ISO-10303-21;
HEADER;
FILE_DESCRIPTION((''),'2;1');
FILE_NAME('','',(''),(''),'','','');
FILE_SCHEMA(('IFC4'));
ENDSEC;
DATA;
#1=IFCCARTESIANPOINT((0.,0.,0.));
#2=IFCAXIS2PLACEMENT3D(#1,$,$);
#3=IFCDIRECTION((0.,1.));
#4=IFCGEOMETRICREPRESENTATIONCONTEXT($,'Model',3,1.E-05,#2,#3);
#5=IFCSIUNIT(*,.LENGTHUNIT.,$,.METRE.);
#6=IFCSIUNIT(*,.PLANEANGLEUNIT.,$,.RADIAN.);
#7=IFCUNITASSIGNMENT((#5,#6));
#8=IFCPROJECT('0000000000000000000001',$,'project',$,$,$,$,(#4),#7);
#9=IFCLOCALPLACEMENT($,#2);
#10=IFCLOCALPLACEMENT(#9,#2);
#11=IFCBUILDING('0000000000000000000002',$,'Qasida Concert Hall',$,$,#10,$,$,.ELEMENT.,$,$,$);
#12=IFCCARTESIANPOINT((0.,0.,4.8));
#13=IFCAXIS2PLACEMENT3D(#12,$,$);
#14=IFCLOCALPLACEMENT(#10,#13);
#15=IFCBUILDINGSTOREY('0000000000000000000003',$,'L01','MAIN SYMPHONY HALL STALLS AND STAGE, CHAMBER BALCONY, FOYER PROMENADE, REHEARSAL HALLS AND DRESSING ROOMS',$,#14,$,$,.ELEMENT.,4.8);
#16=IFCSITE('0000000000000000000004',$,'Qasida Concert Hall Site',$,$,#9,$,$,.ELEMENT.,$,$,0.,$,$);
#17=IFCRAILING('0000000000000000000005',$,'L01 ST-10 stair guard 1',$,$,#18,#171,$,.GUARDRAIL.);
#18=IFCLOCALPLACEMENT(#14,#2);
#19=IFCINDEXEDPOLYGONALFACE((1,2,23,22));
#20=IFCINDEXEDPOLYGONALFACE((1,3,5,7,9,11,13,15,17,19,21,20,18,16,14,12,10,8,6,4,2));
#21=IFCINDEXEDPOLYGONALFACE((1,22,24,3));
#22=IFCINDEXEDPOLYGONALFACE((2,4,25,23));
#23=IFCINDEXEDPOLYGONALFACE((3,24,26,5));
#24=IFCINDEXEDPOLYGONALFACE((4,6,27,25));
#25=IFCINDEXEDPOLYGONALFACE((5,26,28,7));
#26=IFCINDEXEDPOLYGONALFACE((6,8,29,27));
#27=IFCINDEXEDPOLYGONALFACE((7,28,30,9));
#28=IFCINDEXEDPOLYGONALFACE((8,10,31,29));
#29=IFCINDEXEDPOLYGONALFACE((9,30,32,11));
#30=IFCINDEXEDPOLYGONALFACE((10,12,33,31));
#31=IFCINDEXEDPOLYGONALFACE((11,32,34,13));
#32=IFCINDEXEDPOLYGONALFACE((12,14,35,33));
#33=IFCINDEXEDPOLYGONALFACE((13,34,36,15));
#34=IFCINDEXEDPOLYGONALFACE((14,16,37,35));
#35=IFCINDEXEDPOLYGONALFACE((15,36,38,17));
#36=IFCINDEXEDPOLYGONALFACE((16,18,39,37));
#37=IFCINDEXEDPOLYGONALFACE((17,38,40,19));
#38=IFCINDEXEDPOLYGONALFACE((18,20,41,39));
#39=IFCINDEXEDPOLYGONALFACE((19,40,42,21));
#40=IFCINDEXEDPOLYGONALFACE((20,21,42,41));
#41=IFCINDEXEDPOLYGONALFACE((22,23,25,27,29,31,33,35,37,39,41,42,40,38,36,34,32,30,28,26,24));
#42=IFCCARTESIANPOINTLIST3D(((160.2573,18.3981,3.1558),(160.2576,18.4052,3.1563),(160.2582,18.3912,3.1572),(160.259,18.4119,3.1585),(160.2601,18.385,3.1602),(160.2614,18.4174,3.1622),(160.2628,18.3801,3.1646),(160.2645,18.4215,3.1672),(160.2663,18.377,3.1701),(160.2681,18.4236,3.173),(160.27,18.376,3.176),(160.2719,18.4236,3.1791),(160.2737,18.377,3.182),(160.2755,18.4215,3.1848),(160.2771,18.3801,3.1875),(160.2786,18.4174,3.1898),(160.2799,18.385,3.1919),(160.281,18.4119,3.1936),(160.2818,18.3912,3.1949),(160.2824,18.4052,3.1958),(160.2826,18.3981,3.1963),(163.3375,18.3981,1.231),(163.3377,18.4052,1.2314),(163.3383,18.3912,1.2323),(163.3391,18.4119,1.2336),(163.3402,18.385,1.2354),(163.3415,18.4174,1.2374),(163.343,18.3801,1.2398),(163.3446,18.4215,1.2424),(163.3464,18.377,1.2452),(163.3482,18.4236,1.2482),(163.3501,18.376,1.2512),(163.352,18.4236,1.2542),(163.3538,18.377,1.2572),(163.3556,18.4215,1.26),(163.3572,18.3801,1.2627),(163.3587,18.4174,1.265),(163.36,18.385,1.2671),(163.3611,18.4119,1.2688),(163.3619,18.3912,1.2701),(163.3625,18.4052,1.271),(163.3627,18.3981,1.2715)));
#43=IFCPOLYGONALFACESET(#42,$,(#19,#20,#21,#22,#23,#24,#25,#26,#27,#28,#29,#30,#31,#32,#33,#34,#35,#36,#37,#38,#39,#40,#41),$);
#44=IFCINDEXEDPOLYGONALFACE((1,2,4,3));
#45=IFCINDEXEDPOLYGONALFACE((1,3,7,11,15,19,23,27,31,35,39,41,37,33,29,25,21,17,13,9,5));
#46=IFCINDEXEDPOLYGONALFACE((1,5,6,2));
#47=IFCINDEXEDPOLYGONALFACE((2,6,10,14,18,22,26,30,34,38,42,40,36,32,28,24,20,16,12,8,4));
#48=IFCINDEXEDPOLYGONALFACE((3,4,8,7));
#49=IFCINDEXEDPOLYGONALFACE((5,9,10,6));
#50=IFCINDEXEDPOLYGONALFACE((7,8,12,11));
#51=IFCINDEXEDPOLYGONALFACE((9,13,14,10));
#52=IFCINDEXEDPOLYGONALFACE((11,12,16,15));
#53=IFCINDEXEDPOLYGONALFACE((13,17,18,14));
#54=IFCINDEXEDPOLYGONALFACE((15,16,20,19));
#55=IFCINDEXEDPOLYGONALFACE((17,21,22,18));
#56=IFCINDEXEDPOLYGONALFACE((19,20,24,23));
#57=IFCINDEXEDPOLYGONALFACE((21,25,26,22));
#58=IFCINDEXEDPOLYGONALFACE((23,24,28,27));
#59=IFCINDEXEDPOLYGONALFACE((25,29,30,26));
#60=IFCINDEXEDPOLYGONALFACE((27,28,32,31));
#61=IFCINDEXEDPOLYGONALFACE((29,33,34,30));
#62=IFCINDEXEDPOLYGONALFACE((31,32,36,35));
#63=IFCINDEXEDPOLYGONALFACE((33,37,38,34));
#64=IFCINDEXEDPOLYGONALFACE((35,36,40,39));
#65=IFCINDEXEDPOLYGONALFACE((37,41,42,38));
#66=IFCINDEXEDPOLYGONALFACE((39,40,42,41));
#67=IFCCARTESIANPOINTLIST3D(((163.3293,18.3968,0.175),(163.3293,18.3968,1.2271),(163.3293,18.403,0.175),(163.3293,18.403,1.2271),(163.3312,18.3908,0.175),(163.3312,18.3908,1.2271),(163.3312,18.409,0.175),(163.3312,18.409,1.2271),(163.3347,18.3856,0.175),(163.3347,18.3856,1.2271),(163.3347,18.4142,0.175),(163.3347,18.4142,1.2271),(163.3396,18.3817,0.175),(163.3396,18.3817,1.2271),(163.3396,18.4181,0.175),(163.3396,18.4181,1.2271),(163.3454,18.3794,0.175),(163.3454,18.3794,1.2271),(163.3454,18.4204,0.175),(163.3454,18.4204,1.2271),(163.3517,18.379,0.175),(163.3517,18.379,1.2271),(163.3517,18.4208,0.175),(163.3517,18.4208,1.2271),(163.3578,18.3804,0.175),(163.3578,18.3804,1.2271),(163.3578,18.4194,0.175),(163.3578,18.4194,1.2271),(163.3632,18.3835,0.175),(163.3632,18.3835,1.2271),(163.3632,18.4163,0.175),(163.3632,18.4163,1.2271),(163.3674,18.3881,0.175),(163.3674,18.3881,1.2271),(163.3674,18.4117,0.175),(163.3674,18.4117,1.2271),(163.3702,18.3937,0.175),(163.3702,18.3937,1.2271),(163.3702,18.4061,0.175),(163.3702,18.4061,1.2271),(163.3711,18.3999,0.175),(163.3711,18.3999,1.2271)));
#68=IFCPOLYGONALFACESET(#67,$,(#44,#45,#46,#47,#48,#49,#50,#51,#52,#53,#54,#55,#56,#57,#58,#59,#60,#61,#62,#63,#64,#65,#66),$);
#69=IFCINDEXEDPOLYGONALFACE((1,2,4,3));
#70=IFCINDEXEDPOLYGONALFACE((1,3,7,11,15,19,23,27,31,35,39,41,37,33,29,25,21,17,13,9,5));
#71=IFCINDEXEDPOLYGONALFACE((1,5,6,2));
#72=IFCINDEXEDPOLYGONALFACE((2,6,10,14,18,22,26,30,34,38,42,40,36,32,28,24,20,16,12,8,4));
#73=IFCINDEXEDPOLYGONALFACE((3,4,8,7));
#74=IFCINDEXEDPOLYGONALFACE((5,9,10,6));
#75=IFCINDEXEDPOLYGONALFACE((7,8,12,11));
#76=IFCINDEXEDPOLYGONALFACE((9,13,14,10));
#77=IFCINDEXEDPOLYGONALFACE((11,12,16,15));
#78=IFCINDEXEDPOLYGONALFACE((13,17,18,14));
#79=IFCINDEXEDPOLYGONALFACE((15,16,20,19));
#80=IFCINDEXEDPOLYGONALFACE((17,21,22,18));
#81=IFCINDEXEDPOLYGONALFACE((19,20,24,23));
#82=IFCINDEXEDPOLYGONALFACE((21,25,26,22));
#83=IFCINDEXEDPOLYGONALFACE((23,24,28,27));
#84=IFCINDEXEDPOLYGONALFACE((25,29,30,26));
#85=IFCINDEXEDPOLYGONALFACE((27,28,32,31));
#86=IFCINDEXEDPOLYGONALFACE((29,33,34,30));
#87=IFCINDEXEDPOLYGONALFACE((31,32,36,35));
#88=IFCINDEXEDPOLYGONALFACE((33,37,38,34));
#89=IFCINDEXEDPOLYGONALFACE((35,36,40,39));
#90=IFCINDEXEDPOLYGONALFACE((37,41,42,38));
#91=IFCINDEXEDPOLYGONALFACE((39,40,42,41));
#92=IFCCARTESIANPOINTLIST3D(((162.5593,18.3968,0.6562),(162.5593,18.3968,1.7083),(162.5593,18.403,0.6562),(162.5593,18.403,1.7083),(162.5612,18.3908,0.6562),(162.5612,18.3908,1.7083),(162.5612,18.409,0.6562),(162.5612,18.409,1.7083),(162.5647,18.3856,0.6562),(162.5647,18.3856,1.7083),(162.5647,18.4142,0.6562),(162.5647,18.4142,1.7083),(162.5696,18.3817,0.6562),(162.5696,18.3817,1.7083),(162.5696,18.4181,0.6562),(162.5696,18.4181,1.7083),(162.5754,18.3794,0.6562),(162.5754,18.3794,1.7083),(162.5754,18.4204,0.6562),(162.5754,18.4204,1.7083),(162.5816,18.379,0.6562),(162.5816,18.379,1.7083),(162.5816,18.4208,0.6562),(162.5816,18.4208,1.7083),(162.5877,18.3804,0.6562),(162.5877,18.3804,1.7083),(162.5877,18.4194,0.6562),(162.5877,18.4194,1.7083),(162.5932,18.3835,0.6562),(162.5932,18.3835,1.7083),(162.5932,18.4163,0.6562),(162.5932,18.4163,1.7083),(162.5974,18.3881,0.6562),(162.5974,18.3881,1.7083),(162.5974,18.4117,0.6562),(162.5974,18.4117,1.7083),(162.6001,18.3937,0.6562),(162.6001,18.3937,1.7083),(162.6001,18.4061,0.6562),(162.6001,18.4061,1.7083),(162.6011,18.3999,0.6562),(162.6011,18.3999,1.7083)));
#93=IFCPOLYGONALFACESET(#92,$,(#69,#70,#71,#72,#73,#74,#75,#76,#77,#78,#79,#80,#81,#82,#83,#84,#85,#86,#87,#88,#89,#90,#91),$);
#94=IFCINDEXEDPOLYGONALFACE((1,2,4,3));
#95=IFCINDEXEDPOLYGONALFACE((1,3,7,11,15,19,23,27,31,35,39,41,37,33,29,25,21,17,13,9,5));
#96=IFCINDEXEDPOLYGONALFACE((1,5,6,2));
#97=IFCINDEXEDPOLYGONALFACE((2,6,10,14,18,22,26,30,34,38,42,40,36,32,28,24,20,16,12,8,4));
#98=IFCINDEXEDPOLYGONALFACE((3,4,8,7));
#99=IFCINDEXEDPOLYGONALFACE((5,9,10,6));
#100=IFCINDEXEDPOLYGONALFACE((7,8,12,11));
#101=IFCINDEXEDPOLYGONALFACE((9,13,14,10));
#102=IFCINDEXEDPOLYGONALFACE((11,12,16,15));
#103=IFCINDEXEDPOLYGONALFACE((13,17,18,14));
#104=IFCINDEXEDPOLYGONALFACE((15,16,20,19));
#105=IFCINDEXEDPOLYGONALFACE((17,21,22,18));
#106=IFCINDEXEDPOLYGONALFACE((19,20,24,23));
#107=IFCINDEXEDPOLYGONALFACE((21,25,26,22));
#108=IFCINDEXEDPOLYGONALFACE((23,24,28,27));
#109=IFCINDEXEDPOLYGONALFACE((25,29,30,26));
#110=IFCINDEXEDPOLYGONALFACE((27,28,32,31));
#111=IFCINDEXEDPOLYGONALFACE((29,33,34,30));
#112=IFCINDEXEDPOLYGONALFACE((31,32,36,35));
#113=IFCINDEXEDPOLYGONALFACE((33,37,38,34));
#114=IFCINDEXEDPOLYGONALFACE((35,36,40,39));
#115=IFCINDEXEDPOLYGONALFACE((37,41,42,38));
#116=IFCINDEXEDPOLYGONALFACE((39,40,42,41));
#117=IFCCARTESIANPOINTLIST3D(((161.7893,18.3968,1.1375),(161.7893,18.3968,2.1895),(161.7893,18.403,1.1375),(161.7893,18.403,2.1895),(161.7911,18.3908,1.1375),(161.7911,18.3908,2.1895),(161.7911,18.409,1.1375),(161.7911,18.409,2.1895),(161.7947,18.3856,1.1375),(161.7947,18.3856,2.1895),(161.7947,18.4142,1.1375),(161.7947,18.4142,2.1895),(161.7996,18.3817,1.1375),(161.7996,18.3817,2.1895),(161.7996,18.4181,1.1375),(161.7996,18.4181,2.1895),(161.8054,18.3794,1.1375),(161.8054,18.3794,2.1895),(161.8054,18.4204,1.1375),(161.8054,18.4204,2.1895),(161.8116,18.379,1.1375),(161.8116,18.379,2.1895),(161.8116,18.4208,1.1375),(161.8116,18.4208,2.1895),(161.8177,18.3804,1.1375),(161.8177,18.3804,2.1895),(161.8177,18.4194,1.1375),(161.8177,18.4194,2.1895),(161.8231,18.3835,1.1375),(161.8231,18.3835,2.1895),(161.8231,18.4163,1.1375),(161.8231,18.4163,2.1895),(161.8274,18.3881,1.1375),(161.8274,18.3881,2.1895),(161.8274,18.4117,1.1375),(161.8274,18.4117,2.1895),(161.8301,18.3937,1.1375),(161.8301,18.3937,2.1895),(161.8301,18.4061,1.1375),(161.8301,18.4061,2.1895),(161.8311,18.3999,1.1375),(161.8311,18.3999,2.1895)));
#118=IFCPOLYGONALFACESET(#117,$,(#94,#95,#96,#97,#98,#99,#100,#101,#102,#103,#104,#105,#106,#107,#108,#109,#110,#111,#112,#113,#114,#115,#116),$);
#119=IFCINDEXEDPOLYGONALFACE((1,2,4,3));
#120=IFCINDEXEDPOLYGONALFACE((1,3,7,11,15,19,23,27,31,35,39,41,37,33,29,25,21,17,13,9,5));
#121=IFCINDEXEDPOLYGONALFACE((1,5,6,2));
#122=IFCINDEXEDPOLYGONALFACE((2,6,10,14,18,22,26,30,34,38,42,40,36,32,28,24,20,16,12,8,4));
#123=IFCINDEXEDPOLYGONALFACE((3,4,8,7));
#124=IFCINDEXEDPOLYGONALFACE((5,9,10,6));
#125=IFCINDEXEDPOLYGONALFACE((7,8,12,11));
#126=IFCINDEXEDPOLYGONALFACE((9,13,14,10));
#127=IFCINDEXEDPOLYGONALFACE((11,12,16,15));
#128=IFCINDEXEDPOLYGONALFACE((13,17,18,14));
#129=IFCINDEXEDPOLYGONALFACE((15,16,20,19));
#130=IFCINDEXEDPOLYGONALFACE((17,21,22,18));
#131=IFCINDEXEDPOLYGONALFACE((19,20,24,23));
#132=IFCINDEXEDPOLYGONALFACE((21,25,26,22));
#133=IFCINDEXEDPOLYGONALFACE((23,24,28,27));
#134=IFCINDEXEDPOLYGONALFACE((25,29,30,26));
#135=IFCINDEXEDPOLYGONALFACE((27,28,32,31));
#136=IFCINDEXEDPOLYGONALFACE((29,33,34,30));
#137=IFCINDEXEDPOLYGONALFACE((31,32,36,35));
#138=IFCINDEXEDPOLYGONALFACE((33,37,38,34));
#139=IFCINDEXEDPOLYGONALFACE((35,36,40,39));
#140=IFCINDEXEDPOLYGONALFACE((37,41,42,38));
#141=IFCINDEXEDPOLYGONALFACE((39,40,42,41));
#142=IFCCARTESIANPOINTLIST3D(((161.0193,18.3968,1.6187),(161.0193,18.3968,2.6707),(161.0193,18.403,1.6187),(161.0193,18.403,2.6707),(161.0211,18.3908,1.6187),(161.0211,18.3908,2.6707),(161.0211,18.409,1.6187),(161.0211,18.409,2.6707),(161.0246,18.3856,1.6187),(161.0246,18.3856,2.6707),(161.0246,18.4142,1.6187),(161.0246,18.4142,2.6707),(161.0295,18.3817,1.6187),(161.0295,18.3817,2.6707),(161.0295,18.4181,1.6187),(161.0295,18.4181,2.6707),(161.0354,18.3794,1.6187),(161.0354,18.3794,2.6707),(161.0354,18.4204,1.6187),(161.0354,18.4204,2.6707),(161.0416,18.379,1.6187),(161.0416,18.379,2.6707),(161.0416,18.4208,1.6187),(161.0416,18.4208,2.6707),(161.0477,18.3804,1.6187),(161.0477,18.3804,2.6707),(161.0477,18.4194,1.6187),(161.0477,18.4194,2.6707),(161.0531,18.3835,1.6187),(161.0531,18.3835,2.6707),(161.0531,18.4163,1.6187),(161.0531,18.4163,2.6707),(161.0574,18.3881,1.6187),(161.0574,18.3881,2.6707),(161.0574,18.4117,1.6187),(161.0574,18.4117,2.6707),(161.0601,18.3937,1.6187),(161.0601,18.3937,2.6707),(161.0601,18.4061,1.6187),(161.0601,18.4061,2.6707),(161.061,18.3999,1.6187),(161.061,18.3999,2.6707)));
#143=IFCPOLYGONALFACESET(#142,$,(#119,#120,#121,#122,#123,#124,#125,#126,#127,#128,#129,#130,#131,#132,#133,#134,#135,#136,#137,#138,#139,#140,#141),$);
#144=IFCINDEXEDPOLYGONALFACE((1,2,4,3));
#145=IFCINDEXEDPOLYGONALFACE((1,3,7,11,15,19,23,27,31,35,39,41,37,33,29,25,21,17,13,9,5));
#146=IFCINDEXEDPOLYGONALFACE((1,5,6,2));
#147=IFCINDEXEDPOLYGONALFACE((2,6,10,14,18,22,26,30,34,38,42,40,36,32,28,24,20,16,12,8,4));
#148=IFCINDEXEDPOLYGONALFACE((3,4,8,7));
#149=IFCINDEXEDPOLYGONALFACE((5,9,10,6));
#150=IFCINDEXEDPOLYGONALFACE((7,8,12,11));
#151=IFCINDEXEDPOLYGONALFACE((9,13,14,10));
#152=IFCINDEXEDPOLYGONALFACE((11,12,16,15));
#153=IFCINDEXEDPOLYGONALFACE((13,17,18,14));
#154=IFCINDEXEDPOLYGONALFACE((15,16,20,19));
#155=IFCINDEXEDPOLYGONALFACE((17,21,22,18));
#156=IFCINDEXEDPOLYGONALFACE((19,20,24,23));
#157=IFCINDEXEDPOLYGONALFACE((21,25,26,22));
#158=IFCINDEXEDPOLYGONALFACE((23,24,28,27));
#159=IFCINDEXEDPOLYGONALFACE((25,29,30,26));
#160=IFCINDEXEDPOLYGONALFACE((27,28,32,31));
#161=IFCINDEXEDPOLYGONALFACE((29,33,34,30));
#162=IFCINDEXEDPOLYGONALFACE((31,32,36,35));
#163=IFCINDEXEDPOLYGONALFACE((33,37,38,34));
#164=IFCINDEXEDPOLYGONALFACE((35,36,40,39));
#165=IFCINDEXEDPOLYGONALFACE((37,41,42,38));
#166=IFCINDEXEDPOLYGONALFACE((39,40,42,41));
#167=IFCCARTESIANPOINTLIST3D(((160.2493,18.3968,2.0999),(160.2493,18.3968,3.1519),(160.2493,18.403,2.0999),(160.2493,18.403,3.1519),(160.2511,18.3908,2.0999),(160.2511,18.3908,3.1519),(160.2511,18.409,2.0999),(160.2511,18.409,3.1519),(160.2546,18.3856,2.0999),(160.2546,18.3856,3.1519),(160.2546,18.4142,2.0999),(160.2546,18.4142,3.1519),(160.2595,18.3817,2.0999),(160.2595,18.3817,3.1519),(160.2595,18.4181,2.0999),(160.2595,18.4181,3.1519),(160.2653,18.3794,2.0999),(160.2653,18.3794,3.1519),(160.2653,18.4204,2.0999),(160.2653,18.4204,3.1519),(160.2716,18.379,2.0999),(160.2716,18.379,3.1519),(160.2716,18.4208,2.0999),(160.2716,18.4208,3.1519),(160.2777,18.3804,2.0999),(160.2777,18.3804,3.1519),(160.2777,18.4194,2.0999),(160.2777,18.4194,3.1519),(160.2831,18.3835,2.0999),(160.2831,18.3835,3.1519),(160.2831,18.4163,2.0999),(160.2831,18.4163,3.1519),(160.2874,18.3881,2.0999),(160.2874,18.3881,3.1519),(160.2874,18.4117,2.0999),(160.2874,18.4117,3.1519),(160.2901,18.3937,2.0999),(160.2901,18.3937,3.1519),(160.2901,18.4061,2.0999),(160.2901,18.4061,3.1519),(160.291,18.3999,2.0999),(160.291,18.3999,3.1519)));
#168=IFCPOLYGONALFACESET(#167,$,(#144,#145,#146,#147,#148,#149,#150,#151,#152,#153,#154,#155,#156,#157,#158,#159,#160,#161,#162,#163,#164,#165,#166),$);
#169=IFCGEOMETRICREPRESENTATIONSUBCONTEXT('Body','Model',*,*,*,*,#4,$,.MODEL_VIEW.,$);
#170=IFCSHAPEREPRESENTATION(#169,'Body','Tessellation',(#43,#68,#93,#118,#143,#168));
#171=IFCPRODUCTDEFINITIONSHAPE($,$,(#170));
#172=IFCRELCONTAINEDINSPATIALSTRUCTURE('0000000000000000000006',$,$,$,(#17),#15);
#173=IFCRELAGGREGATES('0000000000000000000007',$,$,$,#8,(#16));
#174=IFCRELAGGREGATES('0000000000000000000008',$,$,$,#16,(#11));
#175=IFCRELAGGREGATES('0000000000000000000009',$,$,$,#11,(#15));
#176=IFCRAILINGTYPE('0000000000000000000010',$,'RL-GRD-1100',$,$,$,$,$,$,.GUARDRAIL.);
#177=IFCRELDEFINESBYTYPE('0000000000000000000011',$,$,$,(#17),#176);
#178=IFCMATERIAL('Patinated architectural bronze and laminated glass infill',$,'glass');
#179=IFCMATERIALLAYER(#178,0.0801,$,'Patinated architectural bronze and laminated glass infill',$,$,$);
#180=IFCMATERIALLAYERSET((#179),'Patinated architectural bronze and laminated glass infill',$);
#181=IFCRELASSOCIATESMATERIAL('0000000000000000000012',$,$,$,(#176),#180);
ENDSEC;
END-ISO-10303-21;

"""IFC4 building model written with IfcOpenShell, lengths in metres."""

from ifc_helpers import new_model, si_unit, direction, frame, origin, origin_2d, place, context, subcontext, project, spatial, circle, extrude, material, layer, layer_set, type_object, element, save


model = new_model("IFC4")

# Units and contexts
model_context = context("Model", 3, precision=1e-05, world=origin(), true_north=direction((0.0, 1.0)))
body_context = subcontext(model_context, "Body", "Model", "MODEL_VIEW")
ifc_project = project(units=[si_unit("LENGTHUNIT", "METRE"), si_unit("PLANEANGLEUNIT", "RADIAN")], contexts=[model_context])

# Site, building, storey
site_placement = place(None, origin())
site = spatial("IfcSite", under=ifc_project, at=site_placement, Name="Qasida Concert Hall Site", CompositionType="ELEMENT", RefElevation=0.0)
building_placement = place(site_placement, origin())
building = spatial("IfcBuilding", under=site, at=building_placement, Name="Qasida Concert Hall", CompositionType="ELEMENT")
storey_placement = place(building_placement, frame((0.0, 0.0, 4.8)))
storey = spatial("IfcBuildingStorey", under=building, at=storey_placement, Name="L01", Description="MAIN SYMPHONY HALL STALLS AND STAGE, CHAMBER BALCONY, FOYER PROMENADE, REHEARSAL HALLS AND DRESSING ROOMS", CompositionType="ELEMENT", Elevation=4.8)

# Railing
ifc_material_1 = material(Name="Patinated architectural bronze and laminated glass infill", Category="glass")
ifc_layer_1 = layer(ifc_material_1, 0.0801, Name="Patinated architectural bronze and laminated glass infill")
ifc_layer_set_1 = layer_set([ifc_layer_1], Name="Patinated architectural bronze and laminated glass infill")
railing_type_1 = type_object("IfcRailingType", Name="RL-GRD-1100", PredefinedType="GUARDRAIL", material=ifc_layer_set_1)
railing_1_placement = place(storey_placement, frame((163.3501, 18.3999, 0.175)))
element("IfcRailing", 1, at=railing_1_placement, inside=storey, type_object=railing_type_1, Name="L01 ST-10 stair guard 1", PredefinedType="GUARDRAIL", context=body_context, shape_type="SweptSolid", body=[
    extrude(circle(Radius=0.0239, at=origin_2d()), frame((0.0, 0.0, 1.0762), z_axis=(-0.848029, 0.0, 0.529951), x_axis=(0.0, -1.0, 0.0)), (0.0, 0.0, 1.0), 3.6321),
    extrude(circle(Radius=0.021, at=origin_2d()), origin(), (0.0, 0.0, 1.0), 1.052),
    extrude(circle(Radius=0.021, at=origin_2d()), frame((-0.77, 0.0, 0.4812)), (0.0, 0.0, 1.0), 1.052),
    extrude(circle(Radius=0.021, at=origin_2d()), frame((-1.54, 0.0, 0.9624)), (0.0, 0.0, 1.0), 1.052),
    extrude(circle(Radius=0.021, at=origin_2d()), frame((-2.3101, 0.0, 1.4436)), (0.0, 0.0, 1.0), 1.052),
    extrude(circle(Radius=0.021, at=origin_2d()), frame((-3.0801, 0.0, 1.9248)), (0.0, 0.0, 1.0), 1.052),
])

save(model, "model.ifc")
